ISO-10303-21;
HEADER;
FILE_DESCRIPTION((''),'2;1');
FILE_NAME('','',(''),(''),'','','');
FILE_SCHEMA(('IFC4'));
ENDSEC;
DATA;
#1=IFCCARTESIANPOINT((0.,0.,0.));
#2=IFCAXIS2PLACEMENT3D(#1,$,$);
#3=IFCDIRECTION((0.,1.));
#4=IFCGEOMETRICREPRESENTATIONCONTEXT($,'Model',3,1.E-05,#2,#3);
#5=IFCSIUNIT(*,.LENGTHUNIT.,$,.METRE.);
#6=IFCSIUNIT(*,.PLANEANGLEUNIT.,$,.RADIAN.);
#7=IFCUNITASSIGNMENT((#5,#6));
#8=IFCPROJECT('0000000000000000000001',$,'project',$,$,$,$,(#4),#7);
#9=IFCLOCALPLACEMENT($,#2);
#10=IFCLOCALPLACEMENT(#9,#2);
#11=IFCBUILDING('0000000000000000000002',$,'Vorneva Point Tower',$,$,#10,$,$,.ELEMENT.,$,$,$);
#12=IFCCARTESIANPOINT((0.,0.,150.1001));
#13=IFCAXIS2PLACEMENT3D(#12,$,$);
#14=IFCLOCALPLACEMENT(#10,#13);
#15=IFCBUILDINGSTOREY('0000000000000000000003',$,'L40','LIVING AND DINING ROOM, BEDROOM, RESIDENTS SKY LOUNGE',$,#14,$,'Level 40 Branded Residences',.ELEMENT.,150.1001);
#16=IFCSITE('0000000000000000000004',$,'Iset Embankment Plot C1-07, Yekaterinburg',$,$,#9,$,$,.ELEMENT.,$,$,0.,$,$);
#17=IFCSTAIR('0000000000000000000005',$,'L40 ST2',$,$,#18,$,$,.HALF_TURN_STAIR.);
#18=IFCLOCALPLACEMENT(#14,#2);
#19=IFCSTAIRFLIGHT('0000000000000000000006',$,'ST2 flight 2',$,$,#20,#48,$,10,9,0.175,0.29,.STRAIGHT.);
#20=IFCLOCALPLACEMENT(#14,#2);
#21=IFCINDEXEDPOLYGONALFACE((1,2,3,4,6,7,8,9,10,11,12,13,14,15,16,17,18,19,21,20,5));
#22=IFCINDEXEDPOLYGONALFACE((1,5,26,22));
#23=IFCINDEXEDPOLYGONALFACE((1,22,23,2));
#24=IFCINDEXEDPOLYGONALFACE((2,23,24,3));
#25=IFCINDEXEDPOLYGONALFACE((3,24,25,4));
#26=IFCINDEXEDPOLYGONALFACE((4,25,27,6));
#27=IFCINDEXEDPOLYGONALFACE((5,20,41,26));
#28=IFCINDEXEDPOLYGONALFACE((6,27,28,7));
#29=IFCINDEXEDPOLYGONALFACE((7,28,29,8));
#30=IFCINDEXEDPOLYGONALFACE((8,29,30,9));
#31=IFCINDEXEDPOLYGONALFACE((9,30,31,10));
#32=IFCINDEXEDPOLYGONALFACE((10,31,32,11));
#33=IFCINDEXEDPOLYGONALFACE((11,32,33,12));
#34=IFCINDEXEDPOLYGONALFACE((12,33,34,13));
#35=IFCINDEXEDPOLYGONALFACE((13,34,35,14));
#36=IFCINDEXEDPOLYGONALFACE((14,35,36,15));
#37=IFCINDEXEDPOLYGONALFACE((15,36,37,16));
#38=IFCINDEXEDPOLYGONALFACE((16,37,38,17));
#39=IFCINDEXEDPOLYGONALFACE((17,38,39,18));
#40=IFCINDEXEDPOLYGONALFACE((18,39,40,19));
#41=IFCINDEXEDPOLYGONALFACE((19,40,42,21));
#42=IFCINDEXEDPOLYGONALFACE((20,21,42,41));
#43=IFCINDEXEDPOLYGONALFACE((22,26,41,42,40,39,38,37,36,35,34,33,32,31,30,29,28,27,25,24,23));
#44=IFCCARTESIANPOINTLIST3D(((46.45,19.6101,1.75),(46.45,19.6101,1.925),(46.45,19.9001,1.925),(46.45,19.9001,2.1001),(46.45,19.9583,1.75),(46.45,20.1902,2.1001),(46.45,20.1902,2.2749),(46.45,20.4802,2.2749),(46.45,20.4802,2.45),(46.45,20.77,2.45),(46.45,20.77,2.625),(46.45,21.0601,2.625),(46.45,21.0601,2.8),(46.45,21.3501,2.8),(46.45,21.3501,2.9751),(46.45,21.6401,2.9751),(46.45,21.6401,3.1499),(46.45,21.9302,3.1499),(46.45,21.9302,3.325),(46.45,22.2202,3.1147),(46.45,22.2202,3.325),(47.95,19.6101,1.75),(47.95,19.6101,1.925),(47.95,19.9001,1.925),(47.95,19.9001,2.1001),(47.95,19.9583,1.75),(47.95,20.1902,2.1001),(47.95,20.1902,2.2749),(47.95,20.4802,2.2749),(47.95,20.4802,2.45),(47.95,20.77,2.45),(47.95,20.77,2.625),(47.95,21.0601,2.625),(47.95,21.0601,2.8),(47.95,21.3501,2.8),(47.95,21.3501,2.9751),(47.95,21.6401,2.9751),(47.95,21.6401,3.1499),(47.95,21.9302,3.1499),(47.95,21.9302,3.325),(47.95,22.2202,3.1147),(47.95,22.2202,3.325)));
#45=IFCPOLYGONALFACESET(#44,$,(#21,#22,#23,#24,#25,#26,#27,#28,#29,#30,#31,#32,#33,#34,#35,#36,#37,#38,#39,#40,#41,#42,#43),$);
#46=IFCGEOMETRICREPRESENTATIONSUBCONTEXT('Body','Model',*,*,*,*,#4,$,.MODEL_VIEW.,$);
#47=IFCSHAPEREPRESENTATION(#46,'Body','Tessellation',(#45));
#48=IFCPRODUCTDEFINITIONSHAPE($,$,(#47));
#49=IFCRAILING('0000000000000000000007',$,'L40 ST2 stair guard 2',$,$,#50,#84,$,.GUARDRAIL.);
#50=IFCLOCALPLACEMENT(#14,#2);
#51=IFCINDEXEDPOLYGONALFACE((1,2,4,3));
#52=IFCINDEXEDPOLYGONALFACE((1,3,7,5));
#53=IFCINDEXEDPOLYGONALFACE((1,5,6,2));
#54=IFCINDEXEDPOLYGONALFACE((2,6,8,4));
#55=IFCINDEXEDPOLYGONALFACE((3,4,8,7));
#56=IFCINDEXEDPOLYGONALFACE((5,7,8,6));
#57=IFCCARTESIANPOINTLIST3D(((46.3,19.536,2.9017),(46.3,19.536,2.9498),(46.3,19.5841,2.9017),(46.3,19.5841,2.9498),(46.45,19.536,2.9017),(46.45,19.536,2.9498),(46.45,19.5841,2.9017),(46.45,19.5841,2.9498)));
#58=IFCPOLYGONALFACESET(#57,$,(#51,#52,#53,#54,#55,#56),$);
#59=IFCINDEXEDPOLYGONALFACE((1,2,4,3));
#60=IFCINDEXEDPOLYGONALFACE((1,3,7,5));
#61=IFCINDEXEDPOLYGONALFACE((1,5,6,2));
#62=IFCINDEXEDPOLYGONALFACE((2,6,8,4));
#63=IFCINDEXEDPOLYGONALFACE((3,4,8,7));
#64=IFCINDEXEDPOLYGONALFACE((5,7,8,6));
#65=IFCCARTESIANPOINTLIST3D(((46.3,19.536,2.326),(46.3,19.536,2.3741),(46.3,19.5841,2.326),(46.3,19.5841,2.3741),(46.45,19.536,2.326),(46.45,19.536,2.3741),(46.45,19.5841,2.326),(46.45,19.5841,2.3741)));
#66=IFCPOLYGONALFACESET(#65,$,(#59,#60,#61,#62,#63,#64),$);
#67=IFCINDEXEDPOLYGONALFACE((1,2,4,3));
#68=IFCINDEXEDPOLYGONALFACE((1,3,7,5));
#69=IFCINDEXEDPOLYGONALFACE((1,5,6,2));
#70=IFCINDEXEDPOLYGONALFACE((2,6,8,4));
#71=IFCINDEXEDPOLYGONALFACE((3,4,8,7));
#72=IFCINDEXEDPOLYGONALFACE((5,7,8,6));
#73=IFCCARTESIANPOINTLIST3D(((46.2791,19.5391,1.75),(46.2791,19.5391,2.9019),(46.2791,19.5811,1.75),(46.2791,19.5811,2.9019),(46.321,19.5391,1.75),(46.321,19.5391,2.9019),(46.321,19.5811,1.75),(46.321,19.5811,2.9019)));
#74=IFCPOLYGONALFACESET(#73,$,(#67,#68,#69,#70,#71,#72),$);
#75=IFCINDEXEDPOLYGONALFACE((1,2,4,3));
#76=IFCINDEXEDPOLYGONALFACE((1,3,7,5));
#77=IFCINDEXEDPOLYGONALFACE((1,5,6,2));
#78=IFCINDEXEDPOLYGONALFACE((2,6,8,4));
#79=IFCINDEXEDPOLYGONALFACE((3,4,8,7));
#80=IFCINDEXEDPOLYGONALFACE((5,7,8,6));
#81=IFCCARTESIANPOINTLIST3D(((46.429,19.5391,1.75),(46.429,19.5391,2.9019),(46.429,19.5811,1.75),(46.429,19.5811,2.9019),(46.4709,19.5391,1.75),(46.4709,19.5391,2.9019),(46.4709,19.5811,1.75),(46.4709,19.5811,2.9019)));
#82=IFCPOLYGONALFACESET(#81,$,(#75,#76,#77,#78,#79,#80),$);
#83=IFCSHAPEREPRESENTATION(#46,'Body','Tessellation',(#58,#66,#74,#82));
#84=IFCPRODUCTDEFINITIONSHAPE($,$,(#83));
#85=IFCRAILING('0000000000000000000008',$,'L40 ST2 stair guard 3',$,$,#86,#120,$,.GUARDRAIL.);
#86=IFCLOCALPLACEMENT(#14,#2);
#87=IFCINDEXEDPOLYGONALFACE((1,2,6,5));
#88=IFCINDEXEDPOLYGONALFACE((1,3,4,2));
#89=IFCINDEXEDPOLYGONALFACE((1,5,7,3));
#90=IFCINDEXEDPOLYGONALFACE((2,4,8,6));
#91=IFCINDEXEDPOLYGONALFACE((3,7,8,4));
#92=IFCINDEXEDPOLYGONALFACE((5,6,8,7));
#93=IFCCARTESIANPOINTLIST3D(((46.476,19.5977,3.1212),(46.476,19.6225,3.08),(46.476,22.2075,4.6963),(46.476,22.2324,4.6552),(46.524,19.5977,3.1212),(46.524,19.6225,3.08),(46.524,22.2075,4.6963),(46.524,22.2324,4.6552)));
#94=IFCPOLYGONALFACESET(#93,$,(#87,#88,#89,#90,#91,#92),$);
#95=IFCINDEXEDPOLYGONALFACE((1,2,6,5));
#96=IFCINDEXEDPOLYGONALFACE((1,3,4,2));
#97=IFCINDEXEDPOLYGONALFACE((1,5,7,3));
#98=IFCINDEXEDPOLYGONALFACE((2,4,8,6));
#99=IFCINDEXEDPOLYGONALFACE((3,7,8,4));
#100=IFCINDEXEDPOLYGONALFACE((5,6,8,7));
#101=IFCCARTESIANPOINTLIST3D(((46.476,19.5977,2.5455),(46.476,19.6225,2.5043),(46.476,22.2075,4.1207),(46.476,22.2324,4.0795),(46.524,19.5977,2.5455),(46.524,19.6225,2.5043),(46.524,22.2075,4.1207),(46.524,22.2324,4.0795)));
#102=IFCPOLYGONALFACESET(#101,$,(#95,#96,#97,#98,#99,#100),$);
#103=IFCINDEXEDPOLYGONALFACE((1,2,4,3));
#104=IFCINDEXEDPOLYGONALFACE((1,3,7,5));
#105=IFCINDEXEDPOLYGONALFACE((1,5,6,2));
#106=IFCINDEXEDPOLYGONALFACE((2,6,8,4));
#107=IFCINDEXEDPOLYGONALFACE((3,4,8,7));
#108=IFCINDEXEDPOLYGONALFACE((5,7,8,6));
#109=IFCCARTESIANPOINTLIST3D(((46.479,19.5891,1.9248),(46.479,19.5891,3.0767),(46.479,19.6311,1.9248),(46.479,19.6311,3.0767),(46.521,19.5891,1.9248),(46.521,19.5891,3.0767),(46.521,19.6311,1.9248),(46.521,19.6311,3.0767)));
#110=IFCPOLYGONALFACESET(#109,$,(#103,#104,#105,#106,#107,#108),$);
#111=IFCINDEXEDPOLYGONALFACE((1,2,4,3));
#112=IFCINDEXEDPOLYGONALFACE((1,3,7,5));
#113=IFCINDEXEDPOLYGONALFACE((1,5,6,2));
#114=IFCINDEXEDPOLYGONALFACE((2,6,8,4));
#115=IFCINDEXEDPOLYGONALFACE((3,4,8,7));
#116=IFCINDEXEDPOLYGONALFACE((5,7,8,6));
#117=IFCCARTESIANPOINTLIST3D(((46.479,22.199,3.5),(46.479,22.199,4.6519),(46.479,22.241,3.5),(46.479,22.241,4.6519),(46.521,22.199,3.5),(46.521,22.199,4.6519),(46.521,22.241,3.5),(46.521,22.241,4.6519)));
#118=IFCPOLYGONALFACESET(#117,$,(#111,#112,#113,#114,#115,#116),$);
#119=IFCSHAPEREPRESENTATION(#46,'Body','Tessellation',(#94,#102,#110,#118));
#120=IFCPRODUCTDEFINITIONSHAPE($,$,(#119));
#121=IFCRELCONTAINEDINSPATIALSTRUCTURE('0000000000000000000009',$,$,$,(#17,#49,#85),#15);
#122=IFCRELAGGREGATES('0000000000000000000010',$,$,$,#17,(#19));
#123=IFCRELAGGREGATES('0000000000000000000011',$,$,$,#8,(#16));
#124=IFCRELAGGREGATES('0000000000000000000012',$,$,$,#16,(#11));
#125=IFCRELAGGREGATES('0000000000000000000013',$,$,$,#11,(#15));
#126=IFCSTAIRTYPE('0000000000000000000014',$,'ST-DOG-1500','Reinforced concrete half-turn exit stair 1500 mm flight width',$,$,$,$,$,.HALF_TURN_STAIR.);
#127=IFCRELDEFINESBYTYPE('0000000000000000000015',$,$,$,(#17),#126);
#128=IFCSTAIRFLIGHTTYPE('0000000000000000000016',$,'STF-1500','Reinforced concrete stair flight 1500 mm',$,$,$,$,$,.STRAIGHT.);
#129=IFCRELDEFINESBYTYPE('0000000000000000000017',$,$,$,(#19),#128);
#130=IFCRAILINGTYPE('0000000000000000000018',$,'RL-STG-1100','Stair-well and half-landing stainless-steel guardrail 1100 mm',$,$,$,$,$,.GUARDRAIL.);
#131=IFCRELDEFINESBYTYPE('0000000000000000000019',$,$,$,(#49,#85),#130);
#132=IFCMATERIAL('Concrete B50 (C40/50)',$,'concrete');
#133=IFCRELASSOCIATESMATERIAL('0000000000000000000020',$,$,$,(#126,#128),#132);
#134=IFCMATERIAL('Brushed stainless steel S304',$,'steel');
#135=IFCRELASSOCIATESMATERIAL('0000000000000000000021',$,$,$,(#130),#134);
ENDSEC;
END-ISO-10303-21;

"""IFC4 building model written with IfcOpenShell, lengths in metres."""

from ifc_helpers import new_model, si_unit, direction, frame, origin, origin_2d, place, context, subcontext, project, spatial, polyline, rectangle, outline, extrude, material, type_object, element, aggregate, save


model = new_model("IFC4")

# Units and contexts
model_context = context("Model", 3, precision=1e-05, world=origin(), true_north=direction((0.0, 1.0)))
body_context = subcontext(model_context, "Body", "Model", "MODEL_VIEW")
ifc_project = project(units=[si_unit("LENGTHUNIT", "METRE"), si_unit("PLANEANGLEUNIT", "RADIAN")], contexts=[model_context])

# Site, building, storey
site_placement = place(None, origin())
site = spatial("IfcSite", under=ifc_project, at=site_placement, Name="Iset Embankment Plot C1-07, Yekaterinburg", CompositionType="ELEMENT", RefElevation=0.0)
building_placement = place(site_placement, origin())
building = spatial("IfcBuilding", under=site, at=building_placement, Name="Vorneva Point Tower", CompositionType="ELEMENT")
storey_placement = place(building_placement, frame((0.0, 0.0, 150.1001)))
storey = spatial("IfcBuildingStorey", under=building, at=storey_placement, Name="L40", Description="LIVING AND DINING ROOM, BEDROOM, RESIDENTS SKY LOUNGE", LongName="Level 40 Branded Residences", CompositionType="ELEMENT", Elevation=150.1001)

# Shared definitions
ifc_material_1 = material(Name="Concrete B50 (C40/50)", Category="concrete")

# Stair, stair flight
stair_type = type_object("IfcStairType", Name="ST-DOG-1500", Description="Reinforced concrete half-turn exit stair 1500 mm flight width", PredefinedType="HALF_TURN_STAIR", material=ifc_material_1)
stair_placement = place(storey_placement, origin())
stair = element("IfcStair", 1, at=stair_placement, inside=storey, type_object=stair_type, Name="L40 ST2", PredefinedType="HALF_TURN_STAIR")
stair_flight_type = type_object("IfcStairFlightType", Name="STF-1500", Description="Reinforced concrete stair flight 1500 mm", PredefinedType="STRAIGHT", material=ifc_material_1)
stair_flight_placement = place(storey_placement, frame((47.2, 19.6101, 1.75), z_axis=(0.0, 0.0, 1.0), x_axis=(0.0, 1.0, 0.0)))
stair_flight = element("IfcStairFlight", 2, at=stair_flight_placement, type_object=stair_flight_type, Name="ST2 flight 2", NumberOfRisers=10, NumberOfTreads=9, PredefinedType="STRAIGHT", RiserHeight=0.175, TreadLength=0.29, context=body_context, shape_type="SweptSolid", body=[
    extrude(outline(polyline([(0.0, 0.0), (0.0, 0.175), (0.29, 0.175), (0.29, 0.3501), (0.5801, 0.3501), (0.5801, 0.5249), (0.8701, 0.5249), (0.8701, 0.7), (1.1599, 0.7), (1.1599, 0.875), (1.45, 0.875), (1.45, 1.05), (1.74, 1.05), (1.74, 1.2251), (2.03, 1.2251), (2.03, 1.3999), (2.3201, 1.3999), (2.3201, 1.575), (2.6101, 1.575), (2.6101, 1.75), (2.6101, 1.3647), (0.3481, 0.0), (0.0, 0.0)])), frame((0.0, 0.75, 0.0), z_axis=(0.0, -1.0, 0.0), x_axis=(1.0, 0.0, 0.0)), (0.0, 0.0, 1.0), 1.5),
])
aggregate(stair, [stair_flight])

# Railings
ifc_material_2 = material(Name="Brushed stainless steel S304", Category="steel")
railing_type = type_object("IfcRailingType", Name="RL-STG-1100", Description="Stair-well and half-landing stainless-steel guardrail 1100 mm", PredefinedType="GUARDRAIL", material=ifc_material_2)
railing_1_placement = place(storey_placement, frame((46.3, 19.5601, 1.75)))
element("IfcRailing", 3, at=railing_1_placement, inside=storey, type_object=railing_type, Name="L40 ST2 stair guard 2", PredefinedType="GUARDRAIL", context=body_context, shape_type="SweptSolid", body=[
    extrude(rectangle(XDim=0.0481, YDim=0.0481, at=origin_2d()), frame((0.0, 0.0, 1.1758), z_axis=(1.0, 0.0, 0.0), x_axis=(0.0, 1.0, 0.0)), (0.0, 0.0, 1.0), 0.1499),
    extrude(rectangle(XDim=0.0481, YDim=0.0481, at=origin_2d()), frame((0.0, 0.0, 0.6001), z_axis=(1.0, 0.0, 0.0), x_axis=(0.0, 1.0, 0.0)), (0.0, 0.0, 1.0), 0.1499),
    extrude(rectangle(XDim=0.042, YDim=0.042, at=origin_2d()), origin(), (0.0, 0.0, 1.0), 1.1519),
    extrude(rectangle(XDim=0.042, YDim=0.042, at=origin_2d()), frame((0.1499, 0.0, 0.0)), (0.0, 0.0, 1.0), 1.1519),
])
railing_2_placement = place(storey_placement, frame((46.5, 19.6101, 1.9248)))
element("IfcRailing", 4, at=railing_2_placement, inside=storey, type_object=railing_type, Name="L40 ST2 stair guard 3", PredefinedType="GUARDRAIL", context=body_context, shape_type="SweptSolid", body=[
    extrude(rectangle(XDim=0.0481, YDim=0.0481, at=origin_2d()), frame((0.0, 0.0, 1.1758), z_axis=(0.0, 0.856147, 0.516732), x_axis=(-1.0, 0.0, 0.0)), (0.0, 0.0, 1.0), 3.0483),
    extrude(rectangle(XDim=0.0481, YDim=0.0481, at=origin_2d()), frame((0.0, 0.0, 0.6001), z_axis=(0.0, 0.856147, 0.516732), x_axis=(-1.0, 0.0, 0.0)), (0.0, 0.0, 1.0), 3.0483),
    extrude(rectangle(XDim=0.042, YDim=0.042, at=origin_2d()), origin(), (0.0, 0.0, 1.0), 1.1519),
    extrude(rectangle(XDim=0.042, YDim=0.042, at=origin_2d()), frame((0.0, 2.6099, 1.5752)), (0.0, 0.0, 1.0), 1.1519),
])

save(model, "model.ifc")
